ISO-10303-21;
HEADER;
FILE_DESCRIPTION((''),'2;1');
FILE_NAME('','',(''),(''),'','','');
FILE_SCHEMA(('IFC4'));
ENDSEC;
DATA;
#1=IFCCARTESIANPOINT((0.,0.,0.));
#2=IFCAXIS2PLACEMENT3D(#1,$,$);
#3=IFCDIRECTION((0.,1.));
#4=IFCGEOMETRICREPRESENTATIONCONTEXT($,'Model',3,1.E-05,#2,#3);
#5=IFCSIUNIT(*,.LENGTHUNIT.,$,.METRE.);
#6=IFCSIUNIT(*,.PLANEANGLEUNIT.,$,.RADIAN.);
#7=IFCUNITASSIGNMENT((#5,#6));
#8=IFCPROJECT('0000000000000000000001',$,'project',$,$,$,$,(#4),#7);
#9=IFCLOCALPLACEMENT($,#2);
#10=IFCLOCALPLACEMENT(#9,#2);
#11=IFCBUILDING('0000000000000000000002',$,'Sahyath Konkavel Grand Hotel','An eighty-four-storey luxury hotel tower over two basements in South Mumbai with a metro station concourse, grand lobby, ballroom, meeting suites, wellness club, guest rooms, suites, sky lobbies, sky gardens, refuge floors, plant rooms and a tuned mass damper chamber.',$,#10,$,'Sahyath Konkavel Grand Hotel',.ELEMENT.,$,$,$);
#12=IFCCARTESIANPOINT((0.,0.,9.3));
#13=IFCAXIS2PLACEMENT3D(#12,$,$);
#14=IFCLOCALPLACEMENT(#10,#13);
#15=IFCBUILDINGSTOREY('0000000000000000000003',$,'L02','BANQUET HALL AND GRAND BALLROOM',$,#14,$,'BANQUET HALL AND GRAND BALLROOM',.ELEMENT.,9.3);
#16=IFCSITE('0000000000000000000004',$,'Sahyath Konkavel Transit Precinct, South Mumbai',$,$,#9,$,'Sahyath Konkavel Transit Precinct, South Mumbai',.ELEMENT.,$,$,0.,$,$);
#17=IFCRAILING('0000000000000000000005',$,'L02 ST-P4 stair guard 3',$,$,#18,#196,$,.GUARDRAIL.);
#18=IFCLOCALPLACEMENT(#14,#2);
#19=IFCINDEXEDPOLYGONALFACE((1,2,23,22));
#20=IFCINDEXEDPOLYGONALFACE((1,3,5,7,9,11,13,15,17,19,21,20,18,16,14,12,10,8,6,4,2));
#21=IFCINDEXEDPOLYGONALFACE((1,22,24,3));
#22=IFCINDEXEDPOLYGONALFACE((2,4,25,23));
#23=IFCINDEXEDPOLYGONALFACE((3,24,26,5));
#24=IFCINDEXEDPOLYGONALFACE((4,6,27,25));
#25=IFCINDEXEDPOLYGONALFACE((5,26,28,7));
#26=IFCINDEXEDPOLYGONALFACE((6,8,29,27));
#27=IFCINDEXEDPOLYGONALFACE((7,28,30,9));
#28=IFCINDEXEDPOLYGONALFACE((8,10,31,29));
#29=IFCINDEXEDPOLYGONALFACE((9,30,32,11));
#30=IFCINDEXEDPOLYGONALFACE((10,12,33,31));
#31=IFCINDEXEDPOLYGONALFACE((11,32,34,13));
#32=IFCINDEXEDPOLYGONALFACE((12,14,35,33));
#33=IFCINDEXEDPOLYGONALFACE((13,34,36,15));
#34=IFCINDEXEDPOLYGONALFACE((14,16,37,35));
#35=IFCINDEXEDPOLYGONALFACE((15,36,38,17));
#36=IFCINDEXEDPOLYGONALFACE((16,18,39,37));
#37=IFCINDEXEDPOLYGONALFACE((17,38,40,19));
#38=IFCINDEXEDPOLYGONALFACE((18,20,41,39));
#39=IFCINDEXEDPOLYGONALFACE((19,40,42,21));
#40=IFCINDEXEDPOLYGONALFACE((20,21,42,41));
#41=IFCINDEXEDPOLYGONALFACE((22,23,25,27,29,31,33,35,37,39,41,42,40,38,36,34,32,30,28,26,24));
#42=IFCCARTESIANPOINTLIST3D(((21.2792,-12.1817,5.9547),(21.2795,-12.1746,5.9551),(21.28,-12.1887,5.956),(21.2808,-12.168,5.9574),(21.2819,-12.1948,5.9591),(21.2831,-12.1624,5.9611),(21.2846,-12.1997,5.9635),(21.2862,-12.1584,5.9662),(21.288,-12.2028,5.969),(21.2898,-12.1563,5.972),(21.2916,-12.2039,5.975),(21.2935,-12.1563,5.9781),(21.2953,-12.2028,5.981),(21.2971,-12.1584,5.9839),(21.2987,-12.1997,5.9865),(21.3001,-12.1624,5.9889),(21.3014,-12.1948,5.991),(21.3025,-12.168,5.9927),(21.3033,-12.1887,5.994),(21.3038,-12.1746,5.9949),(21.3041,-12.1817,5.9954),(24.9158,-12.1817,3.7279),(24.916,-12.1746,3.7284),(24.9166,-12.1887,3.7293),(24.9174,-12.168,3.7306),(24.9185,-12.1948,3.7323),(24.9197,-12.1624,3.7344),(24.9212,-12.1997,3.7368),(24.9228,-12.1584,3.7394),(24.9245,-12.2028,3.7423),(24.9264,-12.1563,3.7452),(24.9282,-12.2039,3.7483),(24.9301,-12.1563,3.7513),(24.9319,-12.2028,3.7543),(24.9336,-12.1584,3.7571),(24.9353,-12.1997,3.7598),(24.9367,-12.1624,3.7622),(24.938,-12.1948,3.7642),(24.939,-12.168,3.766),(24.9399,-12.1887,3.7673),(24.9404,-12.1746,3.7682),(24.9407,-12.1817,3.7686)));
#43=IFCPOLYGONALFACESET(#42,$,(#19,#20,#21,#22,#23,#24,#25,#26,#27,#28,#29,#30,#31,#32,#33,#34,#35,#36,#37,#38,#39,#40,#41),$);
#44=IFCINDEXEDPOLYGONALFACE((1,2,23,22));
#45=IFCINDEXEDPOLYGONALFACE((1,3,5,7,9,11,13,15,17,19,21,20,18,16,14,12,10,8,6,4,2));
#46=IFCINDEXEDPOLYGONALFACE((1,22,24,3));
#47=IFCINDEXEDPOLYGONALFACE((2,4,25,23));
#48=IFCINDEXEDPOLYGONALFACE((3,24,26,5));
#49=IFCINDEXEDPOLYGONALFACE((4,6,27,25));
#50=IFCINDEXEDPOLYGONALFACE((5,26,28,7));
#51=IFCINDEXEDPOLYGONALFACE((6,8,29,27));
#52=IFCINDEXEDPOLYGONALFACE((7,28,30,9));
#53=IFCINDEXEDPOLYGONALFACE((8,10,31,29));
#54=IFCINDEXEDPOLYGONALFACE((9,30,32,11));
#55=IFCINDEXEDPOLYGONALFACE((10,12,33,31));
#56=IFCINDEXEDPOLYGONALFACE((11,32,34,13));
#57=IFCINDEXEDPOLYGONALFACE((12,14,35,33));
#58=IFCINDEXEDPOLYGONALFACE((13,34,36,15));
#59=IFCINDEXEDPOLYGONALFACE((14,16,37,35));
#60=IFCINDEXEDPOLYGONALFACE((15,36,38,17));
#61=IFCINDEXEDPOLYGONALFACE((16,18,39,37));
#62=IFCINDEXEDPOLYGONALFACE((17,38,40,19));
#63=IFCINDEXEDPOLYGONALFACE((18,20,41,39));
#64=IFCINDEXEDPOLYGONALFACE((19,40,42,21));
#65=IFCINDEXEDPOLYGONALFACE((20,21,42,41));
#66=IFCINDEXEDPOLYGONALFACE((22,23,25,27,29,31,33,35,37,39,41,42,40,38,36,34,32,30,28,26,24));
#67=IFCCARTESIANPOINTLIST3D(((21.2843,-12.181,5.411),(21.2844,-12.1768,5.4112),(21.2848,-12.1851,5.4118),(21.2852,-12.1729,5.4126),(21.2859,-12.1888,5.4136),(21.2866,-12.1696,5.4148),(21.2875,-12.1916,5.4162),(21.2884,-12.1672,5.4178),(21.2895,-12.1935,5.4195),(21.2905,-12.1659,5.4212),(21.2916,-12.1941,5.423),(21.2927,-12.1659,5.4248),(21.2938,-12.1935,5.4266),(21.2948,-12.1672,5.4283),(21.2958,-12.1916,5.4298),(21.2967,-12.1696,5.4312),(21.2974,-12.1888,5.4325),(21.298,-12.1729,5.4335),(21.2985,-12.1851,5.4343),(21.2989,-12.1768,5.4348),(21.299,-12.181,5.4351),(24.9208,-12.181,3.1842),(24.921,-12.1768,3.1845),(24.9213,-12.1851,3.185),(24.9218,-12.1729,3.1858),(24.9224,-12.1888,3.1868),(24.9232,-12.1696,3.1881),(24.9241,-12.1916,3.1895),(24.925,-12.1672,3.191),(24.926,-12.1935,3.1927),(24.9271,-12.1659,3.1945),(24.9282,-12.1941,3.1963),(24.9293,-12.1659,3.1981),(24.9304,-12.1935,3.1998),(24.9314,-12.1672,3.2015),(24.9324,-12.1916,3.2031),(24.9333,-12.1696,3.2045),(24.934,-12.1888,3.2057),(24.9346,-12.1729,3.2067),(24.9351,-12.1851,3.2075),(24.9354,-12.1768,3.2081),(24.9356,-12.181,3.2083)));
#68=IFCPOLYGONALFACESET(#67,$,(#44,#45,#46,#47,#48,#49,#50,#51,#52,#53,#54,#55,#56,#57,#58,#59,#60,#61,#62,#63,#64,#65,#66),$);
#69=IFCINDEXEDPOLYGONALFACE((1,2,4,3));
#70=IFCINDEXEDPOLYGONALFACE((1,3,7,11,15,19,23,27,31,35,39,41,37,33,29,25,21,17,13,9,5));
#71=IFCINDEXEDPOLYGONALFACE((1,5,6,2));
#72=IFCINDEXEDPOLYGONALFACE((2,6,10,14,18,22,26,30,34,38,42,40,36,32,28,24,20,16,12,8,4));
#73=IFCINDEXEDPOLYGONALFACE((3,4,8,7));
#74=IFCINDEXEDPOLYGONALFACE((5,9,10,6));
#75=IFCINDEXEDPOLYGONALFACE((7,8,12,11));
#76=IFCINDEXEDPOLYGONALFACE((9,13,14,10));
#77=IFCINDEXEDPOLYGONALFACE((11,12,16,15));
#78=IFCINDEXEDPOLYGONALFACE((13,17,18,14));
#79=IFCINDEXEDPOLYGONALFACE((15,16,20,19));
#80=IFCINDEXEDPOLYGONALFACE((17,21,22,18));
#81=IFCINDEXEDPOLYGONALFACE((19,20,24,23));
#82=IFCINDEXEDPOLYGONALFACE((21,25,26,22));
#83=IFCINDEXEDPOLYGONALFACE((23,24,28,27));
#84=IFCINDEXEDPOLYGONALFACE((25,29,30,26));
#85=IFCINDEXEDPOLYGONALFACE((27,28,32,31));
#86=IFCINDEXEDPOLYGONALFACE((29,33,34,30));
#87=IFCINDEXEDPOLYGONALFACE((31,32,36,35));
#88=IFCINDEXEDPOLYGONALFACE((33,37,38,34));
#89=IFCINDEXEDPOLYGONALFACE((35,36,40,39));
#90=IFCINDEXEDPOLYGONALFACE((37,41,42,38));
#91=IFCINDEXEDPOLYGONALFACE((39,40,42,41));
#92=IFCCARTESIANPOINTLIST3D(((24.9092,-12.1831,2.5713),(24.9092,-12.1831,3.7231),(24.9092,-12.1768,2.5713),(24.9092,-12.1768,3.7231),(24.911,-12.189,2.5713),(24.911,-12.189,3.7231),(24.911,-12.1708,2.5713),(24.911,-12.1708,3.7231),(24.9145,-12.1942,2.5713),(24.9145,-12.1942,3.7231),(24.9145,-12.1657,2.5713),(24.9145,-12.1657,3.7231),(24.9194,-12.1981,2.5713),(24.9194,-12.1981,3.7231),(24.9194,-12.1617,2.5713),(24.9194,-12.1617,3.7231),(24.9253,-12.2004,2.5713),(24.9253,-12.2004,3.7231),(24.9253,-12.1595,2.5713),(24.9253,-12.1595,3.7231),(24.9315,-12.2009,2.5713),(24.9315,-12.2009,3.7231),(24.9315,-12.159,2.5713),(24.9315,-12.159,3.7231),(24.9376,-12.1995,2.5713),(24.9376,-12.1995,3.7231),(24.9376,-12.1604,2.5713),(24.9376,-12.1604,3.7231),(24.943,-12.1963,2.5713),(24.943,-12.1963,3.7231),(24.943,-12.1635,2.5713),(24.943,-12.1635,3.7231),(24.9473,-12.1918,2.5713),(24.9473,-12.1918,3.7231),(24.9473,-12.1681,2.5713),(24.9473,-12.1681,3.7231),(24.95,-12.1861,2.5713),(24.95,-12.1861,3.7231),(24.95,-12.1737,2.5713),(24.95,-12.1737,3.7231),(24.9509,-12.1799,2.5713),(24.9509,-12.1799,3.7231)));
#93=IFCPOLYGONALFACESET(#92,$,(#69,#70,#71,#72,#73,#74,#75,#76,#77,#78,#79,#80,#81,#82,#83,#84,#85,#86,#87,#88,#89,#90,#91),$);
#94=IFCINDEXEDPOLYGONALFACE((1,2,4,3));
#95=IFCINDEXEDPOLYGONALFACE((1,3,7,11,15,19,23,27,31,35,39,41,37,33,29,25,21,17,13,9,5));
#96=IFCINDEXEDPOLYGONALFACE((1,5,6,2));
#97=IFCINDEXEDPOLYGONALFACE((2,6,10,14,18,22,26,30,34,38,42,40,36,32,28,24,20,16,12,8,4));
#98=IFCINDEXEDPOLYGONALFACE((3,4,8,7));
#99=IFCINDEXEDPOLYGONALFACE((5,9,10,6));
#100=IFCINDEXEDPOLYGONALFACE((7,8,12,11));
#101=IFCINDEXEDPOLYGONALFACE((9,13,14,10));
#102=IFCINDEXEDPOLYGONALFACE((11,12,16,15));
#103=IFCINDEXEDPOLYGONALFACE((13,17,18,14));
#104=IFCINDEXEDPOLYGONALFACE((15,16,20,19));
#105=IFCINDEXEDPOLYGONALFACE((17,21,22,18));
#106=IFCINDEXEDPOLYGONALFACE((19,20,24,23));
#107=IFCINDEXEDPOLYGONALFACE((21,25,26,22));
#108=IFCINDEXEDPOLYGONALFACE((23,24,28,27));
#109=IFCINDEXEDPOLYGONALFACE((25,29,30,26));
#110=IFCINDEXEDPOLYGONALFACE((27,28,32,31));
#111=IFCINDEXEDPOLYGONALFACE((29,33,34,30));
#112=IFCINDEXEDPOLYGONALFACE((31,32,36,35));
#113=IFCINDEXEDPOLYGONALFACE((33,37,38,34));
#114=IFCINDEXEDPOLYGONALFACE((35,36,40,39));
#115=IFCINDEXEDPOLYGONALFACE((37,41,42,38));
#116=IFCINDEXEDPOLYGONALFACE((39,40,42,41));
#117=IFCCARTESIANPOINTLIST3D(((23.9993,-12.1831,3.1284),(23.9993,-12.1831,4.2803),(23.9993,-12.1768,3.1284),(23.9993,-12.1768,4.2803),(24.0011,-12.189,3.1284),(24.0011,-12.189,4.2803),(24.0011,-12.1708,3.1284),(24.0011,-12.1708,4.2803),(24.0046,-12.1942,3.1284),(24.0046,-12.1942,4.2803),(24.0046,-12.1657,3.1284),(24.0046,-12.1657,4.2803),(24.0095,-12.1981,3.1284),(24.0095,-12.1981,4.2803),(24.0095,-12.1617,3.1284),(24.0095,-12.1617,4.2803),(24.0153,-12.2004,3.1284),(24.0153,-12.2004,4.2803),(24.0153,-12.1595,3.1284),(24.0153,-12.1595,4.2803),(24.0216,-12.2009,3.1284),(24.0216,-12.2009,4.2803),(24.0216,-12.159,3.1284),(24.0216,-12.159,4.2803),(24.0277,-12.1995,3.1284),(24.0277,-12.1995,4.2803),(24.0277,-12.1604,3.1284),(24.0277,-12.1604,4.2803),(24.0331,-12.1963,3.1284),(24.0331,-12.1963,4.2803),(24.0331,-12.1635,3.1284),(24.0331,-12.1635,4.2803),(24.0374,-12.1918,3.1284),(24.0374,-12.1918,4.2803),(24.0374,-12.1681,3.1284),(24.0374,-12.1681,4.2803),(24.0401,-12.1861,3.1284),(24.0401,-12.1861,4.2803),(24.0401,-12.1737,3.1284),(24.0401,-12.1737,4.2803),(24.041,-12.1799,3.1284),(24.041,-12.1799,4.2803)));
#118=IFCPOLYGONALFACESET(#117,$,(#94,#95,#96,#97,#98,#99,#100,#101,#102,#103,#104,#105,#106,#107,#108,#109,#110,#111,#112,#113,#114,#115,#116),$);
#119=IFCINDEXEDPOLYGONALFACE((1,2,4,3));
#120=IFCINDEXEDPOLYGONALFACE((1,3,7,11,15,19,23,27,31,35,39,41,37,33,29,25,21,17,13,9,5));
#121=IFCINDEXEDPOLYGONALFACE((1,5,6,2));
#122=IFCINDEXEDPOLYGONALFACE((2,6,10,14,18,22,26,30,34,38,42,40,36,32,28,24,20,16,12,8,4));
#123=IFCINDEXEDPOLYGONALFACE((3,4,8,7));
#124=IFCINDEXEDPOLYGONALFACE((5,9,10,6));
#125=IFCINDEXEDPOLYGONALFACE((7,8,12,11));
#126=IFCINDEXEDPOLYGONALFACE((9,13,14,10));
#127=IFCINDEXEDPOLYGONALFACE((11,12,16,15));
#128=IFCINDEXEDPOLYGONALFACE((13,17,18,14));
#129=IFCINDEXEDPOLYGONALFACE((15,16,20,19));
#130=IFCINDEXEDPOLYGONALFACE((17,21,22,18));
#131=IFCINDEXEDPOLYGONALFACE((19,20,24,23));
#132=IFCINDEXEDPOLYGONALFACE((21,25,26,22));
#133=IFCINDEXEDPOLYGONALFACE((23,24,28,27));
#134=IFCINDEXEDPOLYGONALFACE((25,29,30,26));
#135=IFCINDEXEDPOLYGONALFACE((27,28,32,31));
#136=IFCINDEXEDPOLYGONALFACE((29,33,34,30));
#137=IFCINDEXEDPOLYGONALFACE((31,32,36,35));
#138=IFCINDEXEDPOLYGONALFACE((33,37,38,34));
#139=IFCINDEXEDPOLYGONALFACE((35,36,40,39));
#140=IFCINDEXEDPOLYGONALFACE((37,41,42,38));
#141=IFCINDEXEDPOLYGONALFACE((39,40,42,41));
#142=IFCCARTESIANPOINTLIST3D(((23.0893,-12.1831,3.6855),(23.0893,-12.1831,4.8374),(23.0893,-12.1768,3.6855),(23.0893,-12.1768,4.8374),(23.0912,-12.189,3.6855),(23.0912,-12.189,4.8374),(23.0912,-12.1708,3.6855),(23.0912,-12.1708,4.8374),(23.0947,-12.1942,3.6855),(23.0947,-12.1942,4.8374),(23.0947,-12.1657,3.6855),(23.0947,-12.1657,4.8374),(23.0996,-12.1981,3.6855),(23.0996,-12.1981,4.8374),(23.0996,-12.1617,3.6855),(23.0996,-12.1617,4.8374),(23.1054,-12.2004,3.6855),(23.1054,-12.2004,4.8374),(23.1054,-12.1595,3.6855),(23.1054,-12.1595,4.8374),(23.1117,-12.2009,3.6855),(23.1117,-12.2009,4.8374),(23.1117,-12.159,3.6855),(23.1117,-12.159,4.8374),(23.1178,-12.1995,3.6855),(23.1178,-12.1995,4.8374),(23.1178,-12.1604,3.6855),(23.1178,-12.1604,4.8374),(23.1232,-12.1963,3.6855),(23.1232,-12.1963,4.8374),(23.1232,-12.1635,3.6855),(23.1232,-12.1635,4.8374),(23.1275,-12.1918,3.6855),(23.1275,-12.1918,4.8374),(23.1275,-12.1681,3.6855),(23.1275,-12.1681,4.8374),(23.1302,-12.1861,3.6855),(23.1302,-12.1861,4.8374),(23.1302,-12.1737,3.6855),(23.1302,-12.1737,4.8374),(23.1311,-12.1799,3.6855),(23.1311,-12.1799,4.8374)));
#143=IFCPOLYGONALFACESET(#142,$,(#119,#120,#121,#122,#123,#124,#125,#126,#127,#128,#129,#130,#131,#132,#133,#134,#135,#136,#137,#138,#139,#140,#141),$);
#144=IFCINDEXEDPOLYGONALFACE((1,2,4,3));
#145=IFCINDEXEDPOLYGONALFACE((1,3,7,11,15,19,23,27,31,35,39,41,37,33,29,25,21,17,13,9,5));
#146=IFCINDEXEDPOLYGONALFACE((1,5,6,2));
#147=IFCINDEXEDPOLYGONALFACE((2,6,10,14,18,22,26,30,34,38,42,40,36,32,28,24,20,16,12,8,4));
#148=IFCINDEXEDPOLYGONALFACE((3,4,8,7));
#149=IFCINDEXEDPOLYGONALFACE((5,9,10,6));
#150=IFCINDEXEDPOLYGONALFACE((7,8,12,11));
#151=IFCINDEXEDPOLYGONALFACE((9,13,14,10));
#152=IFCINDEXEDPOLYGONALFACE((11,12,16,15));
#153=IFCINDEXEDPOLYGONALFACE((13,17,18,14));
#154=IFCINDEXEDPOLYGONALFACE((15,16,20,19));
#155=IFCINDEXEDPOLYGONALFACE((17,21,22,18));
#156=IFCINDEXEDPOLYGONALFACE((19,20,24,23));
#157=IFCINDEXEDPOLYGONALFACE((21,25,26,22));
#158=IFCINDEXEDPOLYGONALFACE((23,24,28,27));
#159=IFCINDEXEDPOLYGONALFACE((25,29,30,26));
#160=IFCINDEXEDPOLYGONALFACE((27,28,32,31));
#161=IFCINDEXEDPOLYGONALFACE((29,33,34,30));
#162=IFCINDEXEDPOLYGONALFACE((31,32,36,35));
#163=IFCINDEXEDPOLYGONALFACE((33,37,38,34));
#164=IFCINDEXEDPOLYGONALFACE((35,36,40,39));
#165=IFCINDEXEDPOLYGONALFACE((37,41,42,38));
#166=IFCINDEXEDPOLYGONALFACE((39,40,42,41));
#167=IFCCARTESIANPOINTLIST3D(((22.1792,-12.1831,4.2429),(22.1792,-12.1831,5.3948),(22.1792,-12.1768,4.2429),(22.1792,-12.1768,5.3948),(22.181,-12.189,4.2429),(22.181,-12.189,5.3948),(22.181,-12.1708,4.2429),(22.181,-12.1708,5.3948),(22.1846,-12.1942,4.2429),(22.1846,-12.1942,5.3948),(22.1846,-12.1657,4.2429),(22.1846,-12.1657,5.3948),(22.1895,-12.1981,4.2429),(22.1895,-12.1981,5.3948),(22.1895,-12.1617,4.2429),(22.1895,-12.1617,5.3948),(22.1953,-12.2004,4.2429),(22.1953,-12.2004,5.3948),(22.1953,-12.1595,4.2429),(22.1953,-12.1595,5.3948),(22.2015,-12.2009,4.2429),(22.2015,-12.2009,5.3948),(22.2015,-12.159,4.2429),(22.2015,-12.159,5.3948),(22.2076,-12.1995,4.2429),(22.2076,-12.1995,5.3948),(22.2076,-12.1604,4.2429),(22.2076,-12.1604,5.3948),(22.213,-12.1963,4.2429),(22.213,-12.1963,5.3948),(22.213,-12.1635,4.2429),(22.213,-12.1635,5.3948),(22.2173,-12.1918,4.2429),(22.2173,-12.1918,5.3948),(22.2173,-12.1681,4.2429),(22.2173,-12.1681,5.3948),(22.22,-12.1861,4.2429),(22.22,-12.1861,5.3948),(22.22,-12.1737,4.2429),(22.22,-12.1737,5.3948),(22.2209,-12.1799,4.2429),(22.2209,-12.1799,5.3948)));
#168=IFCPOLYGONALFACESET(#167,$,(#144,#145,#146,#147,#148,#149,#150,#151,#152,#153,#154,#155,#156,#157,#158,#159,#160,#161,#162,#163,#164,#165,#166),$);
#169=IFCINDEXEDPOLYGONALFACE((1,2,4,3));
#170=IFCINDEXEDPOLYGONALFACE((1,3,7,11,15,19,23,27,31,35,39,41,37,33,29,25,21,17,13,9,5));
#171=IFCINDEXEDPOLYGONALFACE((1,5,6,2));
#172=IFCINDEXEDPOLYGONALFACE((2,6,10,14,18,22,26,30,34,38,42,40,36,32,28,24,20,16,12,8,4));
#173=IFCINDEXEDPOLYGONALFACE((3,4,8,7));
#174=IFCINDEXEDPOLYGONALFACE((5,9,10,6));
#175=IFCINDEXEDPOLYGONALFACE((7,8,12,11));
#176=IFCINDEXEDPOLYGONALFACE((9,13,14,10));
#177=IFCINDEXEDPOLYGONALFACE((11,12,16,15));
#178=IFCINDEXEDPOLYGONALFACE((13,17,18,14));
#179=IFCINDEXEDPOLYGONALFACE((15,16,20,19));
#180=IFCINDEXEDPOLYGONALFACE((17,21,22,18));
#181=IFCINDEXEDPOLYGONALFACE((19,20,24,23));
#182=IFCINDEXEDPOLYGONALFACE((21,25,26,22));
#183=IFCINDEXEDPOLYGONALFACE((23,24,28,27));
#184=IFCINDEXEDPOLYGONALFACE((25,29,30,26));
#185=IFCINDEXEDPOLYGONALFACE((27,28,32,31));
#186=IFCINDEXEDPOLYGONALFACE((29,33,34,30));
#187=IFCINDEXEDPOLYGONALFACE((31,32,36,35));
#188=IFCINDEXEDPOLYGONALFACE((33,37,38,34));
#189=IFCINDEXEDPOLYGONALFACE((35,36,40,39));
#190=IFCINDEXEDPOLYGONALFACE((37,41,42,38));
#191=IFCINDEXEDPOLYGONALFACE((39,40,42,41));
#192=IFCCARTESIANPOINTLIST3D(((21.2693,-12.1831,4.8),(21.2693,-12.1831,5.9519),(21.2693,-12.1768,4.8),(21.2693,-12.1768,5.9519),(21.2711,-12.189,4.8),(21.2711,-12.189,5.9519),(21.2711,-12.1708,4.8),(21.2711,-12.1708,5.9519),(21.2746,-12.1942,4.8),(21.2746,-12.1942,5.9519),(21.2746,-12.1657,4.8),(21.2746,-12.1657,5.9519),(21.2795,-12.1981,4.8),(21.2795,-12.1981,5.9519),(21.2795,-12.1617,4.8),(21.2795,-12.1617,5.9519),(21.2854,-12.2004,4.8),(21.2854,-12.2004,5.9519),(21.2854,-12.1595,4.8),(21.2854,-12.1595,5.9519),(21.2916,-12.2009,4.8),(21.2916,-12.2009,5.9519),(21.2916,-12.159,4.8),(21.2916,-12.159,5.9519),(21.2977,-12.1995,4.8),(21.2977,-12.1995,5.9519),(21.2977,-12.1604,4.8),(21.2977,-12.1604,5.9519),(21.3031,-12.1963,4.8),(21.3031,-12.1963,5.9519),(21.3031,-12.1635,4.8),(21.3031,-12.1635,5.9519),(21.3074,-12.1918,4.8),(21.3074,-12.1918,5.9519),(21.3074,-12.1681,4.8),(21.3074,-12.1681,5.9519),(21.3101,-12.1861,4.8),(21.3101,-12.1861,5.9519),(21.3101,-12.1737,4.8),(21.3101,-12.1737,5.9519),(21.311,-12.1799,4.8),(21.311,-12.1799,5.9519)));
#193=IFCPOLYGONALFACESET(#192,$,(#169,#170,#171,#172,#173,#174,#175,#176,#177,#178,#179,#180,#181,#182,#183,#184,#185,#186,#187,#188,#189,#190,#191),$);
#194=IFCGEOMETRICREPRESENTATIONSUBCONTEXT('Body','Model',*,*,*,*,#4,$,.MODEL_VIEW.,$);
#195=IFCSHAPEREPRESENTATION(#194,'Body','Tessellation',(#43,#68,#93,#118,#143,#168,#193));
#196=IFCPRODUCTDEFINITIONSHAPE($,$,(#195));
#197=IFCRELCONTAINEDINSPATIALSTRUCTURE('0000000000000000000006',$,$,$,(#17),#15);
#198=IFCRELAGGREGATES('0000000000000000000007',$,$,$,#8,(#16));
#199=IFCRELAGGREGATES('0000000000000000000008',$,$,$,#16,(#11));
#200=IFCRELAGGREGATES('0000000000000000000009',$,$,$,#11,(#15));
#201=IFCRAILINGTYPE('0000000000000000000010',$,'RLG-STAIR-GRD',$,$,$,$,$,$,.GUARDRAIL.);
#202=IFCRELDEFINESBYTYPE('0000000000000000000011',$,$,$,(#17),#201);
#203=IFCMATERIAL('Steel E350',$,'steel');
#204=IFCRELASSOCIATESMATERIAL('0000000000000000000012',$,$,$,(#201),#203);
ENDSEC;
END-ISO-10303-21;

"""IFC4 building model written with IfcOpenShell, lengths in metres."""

from ifc_helpers import new_model, si_unit, direction, frame, origin, origin_2d, place, context, subcontext, project, spatial, circle, extrude, material, type_object, element, save


model = new_model("IFC4")

# Units and contexts
model_context = context("Model", 3, precision=1e-05, world=origin(), true_north=direction((0.0, 1.0)))
body_context = subcontext(model_context, "Body", "Model", "MODEL_VIEW")
ifc_project = project(units=[si_unit("LENGTHUNIT", "METRE"), si_unit("PLANEANGLEUNIT", "RADIAN")], contexts=[model_context])

# Site, building, storey
site_placement = place(None, origin())
site = spatial("IfcSite", under=ifc_project, at=site_placement, Name="Sahyath Konkavel Transit Precinct, South Mumbai", LongName="Sahyath Konkavel Transit Precinct, South Mumbai", CompositionType="ELEMENT", RefElevation=0.0)
building_placement = place(site_placement, origin())
building = spatial("IfcBuilding", under=site, at=building_placement, Name="Sahyath Konkavel Grand Hotel", Description="An eighty-four-storey luxury hotel tower over two basements in South Mumbai with a metro station concourse, grand lobby, ballroom, meeting suites, wellness club, guest rooms, suites, sky lobbies, sky gardens, refuge floors, plant rooms and a tuned mass damper chamber.", LongName="Sahyath Konkavel Grand Hotel", CompositionType="ELEMENT")
storey_placement = place(building_placement, frame((0.0, 0.0, 9.3)))
storey = spatial("IfcBuildingStorey", under=building, at=storey_placement, Name="L02", Description="BANQUET HALL AND GRAND BALLROOM", LongName="BANQUET HALL AND GRAND BALLROOM", CompositionType="ELEMENT", Elevation=9.3)

# Shared definitions
ifc_material_1 = material(Name="Steel E350", Category="steel")

# Railing
railing_type_1 = type_object("IfcRailingType", Name="RLG-STAIR-GRD", PredefinedType="GUARDRAIL", material=ifc_material_1)
railing_1_placement = place(storey_placement, frame((24.9299, -12.1799, 2.5713)))
element("IfcRailing", 1, at=railing_1_placement, inside=storey, type_object=railing_type_1, Name="L02 ST-P4 stair guard 3", PredefinedType="GUARDRAIL", context=body_context, shape_type="SweptSolid", body=[
    extrude(circle(Radius=0.0239, at=origin_2d()), frame((-0.0017, 0.0, 1.177), z_axis=(-0.852825, 0.0, 0.522197), x_axis=(0.0, -1.0, 0.0)), (0.0, 0.0, 1.0), 4.2642),
    extrude(circle(Radius=0.0142, at=origin_2d()), frame((-0.0017, 0.0, 0.625), z_axis=(-0.852825, 0.0, 0.522197), x_axis=(0.0, -1.0, 0.0)), (0.0, 0.0, 1.0), 4.2642),
    extrude(circle(Radius=0.021, at=origin_2d()), origin(), (0.0, 0.0, 1.0), 1.1519),
    extrude(circle(Radius=0.021, at=origin_2d()), frame((-0.9099, 0.0, 0.5571)), (0.0, 0.0, 1.0), 1.1519),
    extrude(circle(Radius=0.021, at=origin_2d()), frame((-1.8198, 0.0, 1.1143)), (0.0, 0.0, 1.0), 1.1519),
    extrude(circle(Radius=0.021, at=origin_2d()), frame((-2.73, 0.0, 1.6716)), (0.0, 0.0, 1.0), 1.1519),
    extrude(circle(Radius=0.021, at=origin_2d()), frame((-3.6399, 0.0, 2.2288)), (0.0, 0.0, 1.0), 1.1519),
])

save(model, "model.ifc")
